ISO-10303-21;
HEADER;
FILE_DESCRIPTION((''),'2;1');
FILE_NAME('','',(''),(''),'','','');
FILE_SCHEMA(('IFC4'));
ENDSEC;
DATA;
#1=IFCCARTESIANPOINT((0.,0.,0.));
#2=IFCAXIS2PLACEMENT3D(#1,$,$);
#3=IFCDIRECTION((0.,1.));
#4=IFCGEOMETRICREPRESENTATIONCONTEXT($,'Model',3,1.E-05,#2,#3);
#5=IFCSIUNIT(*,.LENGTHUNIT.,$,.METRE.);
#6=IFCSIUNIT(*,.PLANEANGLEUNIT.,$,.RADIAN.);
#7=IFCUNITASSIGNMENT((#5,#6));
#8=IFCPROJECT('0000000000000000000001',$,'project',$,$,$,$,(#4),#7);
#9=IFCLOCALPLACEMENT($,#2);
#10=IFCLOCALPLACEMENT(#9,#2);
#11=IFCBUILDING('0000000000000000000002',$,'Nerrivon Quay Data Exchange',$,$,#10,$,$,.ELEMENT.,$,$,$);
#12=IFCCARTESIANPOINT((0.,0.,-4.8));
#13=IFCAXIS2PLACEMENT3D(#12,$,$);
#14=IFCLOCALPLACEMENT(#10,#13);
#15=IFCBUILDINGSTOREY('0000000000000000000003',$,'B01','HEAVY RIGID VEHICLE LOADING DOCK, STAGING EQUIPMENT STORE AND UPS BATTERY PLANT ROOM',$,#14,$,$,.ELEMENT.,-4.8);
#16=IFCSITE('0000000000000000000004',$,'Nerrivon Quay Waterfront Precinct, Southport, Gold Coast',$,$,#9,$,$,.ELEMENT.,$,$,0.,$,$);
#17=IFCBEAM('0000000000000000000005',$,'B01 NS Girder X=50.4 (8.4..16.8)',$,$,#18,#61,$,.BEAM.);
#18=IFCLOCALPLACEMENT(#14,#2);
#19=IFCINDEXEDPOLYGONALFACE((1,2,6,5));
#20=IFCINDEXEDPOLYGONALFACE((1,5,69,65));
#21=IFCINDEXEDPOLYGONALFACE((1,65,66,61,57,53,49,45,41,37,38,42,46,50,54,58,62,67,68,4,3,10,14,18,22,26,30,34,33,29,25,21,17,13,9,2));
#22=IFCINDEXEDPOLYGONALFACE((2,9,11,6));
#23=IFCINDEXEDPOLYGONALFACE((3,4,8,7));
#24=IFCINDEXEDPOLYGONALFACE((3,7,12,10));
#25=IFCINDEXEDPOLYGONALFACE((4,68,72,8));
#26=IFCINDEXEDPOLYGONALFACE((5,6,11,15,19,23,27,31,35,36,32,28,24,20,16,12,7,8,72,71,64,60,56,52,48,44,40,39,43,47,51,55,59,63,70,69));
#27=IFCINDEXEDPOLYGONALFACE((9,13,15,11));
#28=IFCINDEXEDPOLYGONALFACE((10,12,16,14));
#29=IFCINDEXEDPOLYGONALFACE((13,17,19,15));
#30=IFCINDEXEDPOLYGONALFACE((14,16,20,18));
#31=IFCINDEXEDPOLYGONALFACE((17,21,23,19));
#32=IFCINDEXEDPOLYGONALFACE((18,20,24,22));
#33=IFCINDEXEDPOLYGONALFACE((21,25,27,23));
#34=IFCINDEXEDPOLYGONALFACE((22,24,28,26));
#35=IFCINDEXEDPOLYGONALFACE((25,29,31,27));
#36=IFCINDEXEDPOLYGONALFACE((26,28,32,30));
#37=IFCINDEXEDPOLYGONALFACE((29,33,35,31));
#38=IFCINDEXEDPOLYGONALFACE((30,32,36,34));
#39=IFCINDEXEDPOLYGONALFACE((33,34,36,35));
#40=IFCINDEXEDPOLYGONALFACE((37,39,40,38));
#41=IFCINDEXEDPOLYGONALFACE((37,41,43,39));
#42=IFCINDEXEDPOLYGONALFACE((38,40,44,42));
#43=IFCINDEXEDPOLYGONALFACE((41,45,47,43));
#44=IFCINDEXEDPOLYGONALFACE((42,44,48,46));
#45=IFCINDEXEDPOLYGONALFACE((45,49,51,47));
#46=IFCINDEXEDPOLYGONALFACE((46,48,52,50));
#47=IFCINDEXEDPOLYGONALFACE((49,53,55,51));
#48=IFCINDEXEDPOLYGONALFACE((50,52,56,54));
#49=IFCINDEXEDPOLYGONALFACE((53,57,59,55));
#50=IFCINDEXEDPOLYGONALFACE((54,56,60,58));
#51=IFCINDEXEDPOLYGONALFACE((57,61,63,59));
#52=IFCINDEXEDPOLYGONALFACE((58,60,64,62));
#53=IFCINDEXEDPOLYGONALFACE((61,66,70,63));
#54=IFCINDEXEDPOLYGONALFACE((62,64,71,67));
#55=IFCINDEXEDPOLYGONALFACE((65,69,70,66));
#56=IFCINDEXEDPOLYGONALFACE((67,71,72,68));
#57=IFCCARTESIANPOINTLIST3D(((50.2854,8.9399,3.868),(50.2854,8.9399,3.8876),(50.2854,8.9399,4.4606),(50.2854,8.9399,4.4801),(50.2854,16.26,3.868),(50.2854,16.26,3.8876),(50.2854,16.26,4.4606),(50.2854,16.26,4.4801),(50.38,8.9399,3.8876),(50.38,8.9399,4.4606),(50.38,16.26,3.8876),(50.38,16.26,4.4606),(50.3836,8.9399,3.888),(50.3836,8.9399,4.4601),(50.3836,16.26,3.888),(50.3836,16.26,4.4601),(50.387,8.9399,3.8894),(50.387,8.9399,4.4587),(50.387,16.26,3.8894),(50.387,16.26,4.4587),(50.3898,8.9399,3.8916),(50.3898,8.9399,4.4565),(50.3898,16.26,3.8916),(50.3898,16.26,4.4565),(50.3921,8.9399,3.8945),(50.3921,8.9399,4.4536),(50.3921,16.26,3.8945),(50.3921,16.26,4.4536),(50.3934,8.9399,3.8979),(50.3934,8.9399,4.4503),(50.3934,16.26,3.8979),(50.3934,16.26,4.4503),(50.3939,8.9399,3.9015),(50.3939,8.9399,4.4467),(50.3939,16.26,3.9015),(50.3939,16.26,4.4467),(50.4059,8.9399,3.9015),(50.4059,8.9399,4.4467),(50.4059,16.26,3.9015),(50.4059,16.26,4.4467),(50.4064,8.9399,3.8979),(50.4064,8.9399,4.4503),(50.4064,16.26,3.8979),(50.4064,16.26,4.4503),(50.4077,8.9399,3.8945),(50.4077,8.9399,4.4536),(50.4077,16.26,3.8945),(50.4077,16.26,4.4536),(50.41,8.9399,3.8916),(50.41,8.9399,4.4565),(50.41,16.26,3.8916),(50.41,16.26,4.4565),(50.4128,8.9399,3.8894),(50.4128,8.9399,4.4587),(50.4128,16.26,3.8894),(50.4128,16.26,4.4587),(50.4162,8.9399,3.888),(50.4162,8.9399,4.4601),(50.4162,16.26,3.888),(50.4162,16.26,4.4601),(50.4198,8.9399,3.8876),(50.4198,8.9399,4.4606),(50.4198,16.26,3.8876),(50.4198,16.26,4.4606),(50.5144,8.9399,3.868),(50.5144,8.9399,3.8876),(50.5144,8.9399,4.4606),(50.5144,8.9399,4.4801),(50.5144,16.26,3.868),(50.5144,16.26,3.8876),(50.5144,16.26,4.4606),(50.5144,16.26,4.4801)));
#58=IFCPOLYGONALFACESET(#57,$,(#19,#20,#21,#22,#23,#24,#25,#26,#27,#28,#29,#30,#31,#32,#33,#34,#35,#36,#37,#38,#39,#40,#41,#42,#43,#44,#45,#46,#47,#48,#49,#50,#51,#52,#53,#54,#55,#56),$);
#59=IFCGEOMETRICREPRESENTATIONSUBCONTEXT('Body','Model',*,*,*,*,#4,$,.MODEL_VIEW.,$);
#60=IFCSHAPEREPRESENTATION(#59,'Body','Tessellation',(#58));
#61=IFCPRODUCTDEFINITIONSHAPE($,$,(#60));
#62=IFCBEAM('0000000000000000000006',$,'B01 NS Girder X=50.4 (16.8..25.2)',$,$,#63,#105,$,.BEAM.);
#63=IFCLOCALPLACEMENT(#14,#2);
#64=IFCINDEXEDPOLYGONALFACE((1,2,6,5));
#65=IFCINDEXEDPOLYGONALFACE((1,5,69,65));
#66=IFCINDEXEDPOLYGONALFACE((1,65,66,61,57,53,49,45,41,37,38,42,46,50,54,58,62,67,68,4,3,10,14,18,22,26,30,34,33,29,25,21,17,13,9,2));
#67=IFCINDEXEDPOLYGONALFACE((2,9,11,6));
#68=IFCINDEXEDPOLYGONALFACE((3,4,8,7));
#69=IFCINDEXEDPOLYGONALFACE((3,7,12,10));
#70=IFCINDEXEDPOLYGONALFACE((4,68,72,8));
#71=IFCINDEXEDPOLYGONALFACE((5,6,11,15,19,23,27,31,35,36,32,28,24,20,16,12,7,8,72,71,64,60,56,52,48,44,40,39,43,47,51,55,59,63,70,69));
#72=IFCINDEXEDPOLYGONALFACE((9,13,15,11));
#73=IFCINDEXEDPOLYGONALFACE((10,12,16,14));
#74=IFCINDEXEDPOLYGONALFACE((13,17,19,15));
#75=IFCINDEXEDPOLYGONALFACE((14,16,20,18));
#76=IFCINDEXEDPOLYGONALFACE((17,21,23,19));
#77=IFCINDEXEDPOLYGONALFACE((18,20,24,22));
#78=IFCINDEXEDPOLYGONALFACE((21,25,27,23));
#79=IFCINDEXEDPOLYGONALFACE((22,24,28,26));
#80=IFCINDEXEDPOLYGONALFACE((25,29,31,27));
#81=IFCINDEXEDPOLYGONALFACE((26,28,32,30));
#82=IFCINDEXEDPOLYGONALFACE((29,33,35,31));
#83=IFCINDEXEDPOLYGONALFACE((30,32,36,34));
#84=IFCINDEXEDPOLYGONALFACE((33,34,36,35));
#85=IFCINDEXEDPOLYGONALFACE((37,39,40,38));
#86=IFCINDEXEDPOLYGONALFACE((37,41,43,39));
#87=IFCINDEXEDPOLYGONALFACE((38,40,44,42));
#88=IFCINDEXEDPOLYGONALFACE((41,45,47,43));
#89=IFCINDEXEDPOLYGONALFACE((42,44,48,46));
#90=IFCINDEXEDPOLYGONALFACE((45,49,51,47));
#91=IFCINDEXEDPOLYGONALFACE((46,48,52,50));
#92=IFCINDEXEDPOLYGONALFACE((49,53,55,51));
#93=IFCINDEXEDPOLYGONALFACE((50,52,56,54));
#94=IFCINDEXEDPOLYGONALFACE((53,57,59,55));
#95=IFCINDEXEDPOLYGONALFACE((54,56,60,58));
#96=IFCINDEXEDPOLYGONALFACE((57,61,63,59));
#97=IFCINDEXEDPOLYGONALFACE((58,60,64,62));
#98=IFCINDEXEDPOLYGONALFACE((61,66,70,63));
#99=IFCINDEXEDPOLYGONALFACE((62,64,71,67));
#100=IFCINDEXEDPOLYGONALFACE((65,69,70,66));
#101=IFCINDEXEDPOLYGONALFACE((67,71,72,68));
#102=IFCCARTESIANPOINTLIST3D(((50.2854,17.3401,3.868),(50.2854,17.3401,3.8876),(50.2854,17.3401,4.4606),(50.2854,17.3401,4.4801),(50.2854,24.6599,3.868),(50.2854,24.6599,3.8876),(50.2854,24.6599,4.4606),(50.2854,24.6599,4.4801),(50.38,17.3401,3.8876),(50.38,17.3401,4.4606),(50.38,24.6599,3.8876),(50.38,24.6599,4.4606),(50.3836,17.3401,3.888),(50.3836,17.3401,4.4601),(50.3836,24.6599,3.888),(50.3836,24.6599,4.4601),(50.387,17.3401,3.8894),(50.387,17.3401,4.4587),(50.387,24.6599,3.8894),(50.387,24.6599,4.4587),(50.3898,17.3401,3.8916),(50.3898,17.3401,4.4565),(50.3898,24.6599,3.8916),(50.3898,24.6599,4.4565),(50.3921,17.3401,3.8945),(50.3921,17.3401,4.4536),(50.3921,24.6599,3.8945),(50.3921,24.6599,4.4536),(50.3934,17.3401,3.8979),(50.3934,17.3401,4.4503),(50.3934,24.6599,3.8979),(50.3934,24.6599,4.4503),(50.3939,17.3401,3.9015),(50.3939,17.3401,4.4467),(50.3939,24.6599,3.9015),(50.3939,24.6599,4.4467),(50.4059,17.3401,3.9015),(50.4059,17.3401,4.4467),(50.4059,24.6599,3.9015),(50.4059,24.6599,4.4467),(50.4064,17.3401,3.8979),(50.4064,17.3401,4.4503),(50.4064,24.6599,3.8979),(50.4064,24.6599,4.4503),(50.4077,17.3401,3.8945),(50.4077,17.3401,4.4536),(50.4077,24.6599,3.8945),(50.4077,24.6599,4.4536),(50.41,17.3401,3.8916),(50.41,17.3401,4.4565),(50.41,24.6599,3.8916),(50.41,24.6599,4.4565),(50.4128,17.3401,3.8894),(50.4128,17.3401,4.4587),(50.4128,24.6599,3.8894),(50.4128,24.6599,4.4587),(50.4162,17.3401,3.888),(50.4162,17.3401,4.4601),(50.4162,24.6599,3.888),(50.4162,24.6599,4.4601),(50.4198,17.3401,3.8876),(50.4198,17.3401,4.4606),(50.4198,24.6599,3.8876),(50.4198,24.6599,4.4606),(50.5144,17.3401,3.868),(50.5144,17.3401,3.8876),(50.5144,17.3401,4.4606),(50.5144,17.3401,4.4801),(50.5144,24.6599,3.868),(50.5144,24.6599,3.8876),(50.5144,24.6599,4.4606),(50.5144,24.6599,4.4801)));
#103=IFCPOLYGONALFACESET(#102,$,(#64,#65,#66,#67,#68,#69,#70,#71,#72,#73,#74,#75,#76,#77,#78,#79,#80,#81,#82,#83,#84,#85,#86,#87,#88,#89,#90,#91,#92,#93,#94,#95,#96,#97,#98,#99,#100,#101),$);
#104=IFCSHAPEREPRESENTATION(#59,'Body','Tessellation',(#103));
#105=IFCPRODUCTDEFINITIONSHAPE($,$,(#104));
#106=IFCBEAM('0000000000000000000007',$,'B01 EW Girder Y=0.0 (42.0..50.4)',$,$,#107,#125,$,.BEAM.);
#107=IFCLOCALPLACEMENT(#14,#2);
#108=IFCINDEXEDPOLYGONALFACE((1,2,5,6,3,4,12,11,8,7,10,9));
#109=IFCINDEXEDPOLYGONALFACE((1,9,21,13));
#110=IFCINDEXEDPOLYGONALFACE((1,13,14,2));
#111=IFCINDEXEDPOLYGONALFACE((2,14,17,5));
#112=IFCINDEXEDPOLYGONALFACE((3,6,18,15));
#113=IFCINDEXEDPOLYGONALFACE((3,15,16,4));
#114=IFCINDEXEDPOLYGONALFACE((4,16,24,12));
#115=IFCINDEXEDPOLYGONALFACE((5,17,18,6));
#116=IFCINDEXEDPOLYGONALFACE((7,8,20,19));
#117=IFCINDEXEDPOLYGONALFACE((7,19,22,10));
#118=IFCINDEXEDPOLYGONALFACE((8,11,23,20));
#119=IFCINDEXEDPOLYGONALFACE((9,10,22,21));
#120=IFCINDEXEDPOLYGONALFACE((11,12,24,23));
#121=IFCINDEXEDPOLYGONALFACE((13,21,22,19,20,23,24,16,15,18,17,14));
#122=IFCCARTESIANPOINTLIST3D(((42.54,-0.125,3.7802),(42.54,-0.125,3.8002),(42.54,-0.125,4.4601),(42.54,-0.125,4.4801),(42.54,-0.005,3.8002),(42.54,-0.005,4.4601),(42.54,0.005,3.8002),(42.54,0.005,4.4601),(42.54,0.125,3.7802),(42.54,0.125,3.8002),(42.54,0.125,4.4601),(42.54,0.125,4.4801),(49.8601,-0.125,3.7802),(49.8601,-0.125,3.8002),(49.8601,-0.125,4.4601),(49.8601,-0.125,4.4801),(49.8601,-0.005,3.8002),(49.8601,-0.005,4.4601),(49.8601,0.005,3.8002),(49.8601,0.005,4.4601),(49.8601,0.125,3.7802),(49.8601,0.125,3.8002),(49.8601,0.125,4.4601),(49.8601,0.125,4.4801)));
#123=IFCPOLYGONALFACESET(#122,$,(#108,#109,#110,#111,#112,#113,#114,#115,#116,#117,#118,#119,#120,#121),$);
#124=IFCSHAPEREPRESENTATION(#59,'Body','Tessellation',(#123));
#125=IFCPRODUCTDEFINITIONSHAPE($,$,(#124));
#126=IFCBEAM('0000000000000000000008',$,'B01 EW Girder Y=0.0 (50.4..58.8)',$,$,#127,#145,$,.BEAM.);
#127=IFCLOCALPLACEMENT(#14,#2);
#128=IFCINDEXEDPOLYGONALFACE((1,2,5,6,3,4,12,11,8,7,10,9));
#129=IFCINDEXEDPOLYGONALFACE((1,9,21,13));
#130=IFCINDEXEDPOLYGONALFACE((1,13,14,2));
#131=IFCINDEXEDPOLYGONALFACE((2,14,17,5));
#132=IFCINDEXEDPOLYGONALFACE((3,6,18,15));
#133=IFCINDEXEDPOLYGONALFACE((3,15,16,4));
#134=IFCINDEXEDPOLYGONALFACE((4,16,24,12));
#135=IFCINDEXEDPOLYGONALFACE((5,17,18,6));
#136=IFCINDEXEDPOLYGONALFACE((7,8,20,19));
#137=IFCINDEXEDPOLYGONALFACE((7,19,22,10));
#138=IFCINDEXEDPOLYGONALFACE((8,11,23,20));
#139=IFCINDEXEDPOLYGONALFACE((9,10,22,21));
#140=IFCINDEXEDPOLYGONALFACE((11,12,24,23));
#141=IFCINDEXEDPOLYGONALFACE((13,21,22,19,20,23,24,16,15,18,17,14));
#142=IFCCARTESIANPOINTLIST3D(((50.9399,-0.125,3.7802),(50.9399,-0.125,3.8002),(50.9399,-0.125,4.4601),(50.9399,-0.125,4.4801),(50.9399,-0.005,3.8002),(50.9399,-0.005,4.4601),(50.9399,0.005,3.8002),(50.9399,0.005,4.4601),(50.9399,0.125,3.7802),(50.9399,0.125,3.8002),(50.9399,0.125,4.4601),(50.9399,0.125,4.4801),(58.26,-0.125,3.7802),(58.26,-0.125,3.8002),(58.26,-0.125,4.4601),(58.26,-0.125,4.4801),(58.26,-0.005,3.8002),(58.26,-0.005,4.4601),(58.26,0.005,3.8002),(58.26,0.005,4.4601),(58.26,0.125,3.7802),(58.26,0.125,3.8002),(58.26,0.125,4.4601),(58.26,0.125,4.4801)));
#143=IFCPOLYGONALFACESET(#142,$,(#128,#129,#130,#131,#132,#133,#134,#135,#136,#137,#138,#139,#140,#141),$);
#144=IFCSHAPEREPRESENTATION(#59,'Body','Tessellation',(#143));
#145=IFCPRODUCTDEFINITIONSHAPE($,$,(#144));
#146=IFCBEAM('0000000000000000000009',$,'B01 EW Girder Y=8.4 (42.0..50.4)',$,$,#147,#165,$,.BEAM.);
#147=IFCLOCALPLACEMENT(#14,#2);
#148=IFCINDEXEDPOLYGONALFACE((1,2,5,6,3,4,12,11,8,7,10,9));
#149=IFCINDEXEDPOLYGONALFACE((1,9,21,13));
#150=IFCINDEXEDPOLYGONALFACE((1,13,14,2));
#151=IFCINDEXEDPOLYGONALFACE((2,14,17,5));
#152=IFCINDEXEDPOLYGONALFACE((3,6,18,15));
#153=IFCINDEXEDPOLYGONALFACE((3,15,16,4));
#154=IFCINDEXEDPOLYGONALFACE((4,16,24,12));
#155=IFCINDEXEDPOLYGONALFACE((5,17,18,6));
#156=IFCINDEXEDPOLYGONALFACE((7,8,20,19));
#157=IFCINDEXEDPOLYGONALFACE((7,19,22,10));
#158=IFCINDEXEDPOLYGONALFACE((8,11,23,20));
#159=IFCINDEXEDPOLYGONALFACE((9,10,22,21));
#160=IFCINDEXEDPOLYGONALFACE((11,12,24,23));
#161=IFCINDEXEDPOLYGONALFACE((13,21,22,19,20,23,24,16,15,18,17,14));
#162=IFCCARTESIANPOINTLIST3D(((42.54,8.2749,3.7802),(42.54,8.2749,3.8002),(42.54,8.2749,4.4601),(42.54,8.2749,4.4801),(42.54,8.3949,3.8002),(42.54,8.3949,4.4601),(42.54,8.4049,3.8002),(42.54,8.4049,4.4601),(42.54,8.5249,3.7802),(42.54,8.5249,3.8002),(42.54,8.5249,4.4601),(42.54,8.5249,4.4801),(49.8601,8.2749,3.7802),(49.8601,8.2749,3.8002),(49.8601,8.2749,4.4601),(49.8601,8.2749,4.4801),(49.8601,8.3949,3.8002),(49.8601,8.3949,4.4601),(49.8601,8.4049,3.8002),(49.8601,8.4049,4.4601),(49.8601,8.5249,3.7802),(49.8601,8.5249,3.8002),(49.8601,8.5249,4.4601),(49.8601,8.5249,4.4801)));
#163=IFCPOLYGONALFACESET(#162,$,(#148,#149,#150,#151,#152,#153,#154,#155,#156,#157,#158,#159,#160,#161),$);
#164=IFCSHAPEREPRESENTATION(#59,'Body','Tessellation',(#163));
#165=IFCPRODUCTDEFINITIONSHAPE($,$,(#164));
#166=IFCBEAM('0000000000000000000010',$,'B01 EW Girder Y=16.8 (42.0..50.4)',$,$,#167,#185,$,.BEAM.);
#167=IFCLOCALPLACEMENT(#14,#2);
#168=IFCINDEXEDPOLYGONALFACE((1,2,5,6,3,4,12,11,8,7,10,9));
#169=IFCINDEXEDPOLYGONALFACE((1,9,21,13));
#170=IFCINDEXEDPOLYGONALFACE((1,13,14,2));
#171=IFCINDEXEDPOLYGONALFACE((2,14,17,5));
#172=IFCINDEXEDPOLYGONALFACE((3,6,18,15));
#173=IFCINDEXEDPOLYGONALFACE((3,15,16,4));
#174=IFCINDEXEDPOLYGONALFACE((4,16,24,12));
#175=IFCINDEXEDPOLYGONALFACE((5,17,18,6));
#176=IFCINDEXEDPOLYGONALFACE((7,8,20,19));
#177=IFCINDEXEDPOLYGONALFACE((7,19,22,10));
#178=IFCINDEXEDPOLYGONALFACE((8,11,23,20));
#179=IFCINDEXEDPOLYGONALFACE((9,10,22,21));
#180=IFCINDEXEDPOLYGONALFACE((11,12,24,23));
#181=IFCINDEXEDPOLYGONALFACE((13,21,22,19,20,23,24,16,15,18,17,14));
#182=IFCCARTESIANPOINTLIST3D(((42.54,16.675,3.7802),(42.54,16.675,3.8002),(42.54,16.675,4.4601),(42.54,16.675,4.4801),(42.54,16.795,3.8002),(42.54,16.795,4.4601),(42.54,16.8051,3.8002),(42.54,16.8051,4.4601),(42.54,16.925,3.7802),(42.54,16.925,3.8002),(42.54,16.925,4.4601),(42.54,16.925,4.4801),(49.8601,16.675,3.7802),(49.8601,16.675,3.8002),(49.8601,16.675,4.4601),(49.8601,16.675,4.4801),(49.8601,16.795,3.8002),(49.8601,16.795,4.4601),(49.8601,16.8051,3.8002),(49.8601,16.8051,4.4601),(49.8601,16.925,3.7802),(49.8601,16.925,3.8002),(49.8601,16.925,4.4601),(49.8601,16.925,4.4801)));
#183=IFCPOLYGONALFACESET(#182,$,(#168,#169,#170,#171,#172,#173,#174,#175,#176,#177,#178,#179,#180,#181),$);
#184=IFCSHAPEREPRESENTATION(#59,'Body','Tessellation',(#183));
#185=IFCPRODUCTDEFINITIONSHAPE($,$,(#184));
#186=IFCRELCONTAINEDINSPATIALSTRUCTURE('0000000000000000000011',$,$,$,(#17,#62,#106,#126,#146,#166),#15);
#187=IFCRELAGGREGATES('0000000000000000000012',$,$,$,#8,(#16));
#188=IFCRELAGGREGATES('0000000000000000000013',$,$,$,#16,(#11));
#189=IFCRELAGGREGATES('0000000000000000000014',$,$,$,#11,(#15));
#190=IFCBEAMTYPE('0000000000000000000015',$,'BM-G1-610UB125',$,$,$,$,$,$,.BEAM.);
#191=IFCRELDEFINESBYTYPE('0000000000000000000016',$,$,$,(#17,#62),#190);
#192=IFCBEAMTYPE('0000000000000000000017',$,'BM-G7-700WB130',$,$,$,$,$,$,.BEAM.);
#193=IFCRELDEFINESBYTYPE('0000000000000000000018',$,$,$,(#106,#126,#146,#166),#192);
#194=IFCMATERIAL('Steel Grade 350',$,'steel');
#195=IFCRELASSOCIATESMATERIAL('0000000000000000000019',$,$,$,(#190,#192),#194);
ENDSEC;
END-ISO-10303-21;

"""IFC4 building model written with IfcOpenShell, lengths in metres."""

from ifc_helpers import new_model, si_unit, direction, frame, origin, origin_2d, place, context, subcontext, project, spatial, i_section, extrude, material, material_profile, profile_set, type_object, element, save


model = new_model("IFC4")

# Units and contexts
model_context = context("Model", 3, precision=1e-05, world=origin(), true_north=direction((0.0, 1.0)))
body_context = subcontext(model_context, "Body", "Model", "MODEL_VIEW")
ifc_project = project(units=[si_unit("LENGTHUNIT", "METRE"), si_unit("PLANEANGLEUNIT", "RADIAN")], contexts=[model_context])

# Site, building, storey
site_placement = place(None, origin())
site = spatial("IfcSite", under=ifc_project, at=site_placement, Name="Nerrivon Quay Waterfront Precinct, Southport, Gold Coast", CompositionType="ELEMENT", RefElevation=0.0)
building_placement = place(site_placement, origin())
building = spatial("IfcBuilding", under=site, at=building_placement, Name="Nerrivon Quay Data Exchange", CompositionType="ELEMENT")
storey_placement = place(building_placement, frame((0.0, 0.0, -4.8)))
storey = spatial("IfcBuildingStorey", under=building, at=storey_placement, Name="B01", Description="HEAVY RIGID VEHICLE LOADING DOCK, STAGING EQUIPMENT STORE AND UPS BATTERY PLANT ROOM", CompositionType="ELEMENT", Elevation=-4.8)

# Beams
ifc_material_1 = material(Name="Steel Grade 350", Category="steel")
ifc_material_profile_1 = material_profile(ifc_material_1, i_section(OverallWidth=0.229, OverallDepth=0.6121, WebThickness=0.012, FlangeThickness=0.0195, FilletRadius=0.0139, at=origin_2d()), Name="610UB125")
ifc_profile_set_1 = profile_set([ifc_material_profile_1], Name="Steel Grade 350")
beam_type_1 = type_object("IfcBeamType", Name="BM-G1-610UB125", PredefinedType="BEAM", material=ifc_profile_set_1)
for number, where, z_axis, x_axis, name in (
    (1, (50.3999, 8.9399, 4.1741), (0.0, 1.0, 0.0), (-1.0, 0.0, 0.0), "B01 NS Girder X=50.4 (8.4..16.8)"),
):
    element("IfcBeam", number, at=place(storey_placement, frame(where, z_axis=z_axis, x_axis=x_axis)), inside=storey, type_object=beam_type_1, Name=name, PredefinedType="BEAM", context=body_context, shape_type="SweptSolid", body=[
        extrude(i_section(OverallWidth=0.229, OverallDepth=0.6121, WebThickness=0.012, FlangeThickness=0.0195, FilletRadius=0.0139, at=origin_2d()), origin(), (0.0, 0.0, 1.0), 7.3201),
    ])
beam_1_placement = place(storey_placement, frame((50.3999, 17.3401, 4.1741), z_axis=(0.0, 1.0, 0.0), x_axis=(-1.0, 0.0, 0.0)))
element("IfcBeam", 2, at=beam_1_placement, inside=storey, type_object=beam_type_1, Name="B01 NS Girder X=50.4 (16.8..25.2)", PredefinedType="BEAM", context=body_context, shape_type="SweptSolid", body=[
    extrude(i_section(OverallWidth=0.229, OverallDepth=0.6121, WebThickness=0.012, FlangeThickness=0.0195, FilletRadius=0.0139, at=origin_2d()), origin(), (0.0, 0.0, 1.0), 7.3198),
])
ifc_material_profile_2 = material_profile(ifc_material_1, i_section(OverallWidth=0.25, OverallDepth=0.7, WebThickness=0.01, FlangeThickness=0.02, at=origin_2d()), Name="700WB130")
ifc_profile_set_2 = profile_set([ifc_material_profile_2], Name="Steel Grade 350")
beam_type_2 = type_object("IfcBeamType", Name="BM-G7-700WB130", PredefinedType="BEAM", material=ifc_profile_set_2)
for number, where, z_axis, x_axis, name in (
    (3, (42.54, 0.0, 4.1301), (1.0, 0.0, 0.0), (0.0, 1.0, 0.0), "B01 EW Girder Y=0.0 (42.0..50.4)"),
    (4, (50.9399, 0.0, 4.1301), (1.0, 0.0, 0.0), (0.0, 1.0, 0.0), "B01 EW Girder Y=0.0 (50.4..58.8)"),
    (5, (42.54, 8.3999, 4.1301), (1.0, 0.0, 0.0), (0.0, 1.0, 0.0), "B01 EW Girder Y=8.4 (42.0..50.4)"),
    (6, (42.54, 16.8, 4.1301), (1.0, 0.0, 0.0), (0.0, 1.0, 0.0), "B01 EW Girder Y=16.8 (42.0..50.4)"),
):
    element("IfcBeam", number, at=place(storey_placement, frame(where, z_axis=z_axis, x_axis=x_axis)), inside=storey, type_object=beam_type_2, Name=name, PredefinedType="BEAM", context=body_context, shape_type="SweptSolid", body=[
        extrude(i_section(OverallWidth=0.25, OverallDepth=0.7, WebThickness=0.01, FlangeThickness=0.02, at=origin_2d()), origin(), (0.0, 0.0, 1.0), 7.3201),
    ])

save(model, "model.ifc")
